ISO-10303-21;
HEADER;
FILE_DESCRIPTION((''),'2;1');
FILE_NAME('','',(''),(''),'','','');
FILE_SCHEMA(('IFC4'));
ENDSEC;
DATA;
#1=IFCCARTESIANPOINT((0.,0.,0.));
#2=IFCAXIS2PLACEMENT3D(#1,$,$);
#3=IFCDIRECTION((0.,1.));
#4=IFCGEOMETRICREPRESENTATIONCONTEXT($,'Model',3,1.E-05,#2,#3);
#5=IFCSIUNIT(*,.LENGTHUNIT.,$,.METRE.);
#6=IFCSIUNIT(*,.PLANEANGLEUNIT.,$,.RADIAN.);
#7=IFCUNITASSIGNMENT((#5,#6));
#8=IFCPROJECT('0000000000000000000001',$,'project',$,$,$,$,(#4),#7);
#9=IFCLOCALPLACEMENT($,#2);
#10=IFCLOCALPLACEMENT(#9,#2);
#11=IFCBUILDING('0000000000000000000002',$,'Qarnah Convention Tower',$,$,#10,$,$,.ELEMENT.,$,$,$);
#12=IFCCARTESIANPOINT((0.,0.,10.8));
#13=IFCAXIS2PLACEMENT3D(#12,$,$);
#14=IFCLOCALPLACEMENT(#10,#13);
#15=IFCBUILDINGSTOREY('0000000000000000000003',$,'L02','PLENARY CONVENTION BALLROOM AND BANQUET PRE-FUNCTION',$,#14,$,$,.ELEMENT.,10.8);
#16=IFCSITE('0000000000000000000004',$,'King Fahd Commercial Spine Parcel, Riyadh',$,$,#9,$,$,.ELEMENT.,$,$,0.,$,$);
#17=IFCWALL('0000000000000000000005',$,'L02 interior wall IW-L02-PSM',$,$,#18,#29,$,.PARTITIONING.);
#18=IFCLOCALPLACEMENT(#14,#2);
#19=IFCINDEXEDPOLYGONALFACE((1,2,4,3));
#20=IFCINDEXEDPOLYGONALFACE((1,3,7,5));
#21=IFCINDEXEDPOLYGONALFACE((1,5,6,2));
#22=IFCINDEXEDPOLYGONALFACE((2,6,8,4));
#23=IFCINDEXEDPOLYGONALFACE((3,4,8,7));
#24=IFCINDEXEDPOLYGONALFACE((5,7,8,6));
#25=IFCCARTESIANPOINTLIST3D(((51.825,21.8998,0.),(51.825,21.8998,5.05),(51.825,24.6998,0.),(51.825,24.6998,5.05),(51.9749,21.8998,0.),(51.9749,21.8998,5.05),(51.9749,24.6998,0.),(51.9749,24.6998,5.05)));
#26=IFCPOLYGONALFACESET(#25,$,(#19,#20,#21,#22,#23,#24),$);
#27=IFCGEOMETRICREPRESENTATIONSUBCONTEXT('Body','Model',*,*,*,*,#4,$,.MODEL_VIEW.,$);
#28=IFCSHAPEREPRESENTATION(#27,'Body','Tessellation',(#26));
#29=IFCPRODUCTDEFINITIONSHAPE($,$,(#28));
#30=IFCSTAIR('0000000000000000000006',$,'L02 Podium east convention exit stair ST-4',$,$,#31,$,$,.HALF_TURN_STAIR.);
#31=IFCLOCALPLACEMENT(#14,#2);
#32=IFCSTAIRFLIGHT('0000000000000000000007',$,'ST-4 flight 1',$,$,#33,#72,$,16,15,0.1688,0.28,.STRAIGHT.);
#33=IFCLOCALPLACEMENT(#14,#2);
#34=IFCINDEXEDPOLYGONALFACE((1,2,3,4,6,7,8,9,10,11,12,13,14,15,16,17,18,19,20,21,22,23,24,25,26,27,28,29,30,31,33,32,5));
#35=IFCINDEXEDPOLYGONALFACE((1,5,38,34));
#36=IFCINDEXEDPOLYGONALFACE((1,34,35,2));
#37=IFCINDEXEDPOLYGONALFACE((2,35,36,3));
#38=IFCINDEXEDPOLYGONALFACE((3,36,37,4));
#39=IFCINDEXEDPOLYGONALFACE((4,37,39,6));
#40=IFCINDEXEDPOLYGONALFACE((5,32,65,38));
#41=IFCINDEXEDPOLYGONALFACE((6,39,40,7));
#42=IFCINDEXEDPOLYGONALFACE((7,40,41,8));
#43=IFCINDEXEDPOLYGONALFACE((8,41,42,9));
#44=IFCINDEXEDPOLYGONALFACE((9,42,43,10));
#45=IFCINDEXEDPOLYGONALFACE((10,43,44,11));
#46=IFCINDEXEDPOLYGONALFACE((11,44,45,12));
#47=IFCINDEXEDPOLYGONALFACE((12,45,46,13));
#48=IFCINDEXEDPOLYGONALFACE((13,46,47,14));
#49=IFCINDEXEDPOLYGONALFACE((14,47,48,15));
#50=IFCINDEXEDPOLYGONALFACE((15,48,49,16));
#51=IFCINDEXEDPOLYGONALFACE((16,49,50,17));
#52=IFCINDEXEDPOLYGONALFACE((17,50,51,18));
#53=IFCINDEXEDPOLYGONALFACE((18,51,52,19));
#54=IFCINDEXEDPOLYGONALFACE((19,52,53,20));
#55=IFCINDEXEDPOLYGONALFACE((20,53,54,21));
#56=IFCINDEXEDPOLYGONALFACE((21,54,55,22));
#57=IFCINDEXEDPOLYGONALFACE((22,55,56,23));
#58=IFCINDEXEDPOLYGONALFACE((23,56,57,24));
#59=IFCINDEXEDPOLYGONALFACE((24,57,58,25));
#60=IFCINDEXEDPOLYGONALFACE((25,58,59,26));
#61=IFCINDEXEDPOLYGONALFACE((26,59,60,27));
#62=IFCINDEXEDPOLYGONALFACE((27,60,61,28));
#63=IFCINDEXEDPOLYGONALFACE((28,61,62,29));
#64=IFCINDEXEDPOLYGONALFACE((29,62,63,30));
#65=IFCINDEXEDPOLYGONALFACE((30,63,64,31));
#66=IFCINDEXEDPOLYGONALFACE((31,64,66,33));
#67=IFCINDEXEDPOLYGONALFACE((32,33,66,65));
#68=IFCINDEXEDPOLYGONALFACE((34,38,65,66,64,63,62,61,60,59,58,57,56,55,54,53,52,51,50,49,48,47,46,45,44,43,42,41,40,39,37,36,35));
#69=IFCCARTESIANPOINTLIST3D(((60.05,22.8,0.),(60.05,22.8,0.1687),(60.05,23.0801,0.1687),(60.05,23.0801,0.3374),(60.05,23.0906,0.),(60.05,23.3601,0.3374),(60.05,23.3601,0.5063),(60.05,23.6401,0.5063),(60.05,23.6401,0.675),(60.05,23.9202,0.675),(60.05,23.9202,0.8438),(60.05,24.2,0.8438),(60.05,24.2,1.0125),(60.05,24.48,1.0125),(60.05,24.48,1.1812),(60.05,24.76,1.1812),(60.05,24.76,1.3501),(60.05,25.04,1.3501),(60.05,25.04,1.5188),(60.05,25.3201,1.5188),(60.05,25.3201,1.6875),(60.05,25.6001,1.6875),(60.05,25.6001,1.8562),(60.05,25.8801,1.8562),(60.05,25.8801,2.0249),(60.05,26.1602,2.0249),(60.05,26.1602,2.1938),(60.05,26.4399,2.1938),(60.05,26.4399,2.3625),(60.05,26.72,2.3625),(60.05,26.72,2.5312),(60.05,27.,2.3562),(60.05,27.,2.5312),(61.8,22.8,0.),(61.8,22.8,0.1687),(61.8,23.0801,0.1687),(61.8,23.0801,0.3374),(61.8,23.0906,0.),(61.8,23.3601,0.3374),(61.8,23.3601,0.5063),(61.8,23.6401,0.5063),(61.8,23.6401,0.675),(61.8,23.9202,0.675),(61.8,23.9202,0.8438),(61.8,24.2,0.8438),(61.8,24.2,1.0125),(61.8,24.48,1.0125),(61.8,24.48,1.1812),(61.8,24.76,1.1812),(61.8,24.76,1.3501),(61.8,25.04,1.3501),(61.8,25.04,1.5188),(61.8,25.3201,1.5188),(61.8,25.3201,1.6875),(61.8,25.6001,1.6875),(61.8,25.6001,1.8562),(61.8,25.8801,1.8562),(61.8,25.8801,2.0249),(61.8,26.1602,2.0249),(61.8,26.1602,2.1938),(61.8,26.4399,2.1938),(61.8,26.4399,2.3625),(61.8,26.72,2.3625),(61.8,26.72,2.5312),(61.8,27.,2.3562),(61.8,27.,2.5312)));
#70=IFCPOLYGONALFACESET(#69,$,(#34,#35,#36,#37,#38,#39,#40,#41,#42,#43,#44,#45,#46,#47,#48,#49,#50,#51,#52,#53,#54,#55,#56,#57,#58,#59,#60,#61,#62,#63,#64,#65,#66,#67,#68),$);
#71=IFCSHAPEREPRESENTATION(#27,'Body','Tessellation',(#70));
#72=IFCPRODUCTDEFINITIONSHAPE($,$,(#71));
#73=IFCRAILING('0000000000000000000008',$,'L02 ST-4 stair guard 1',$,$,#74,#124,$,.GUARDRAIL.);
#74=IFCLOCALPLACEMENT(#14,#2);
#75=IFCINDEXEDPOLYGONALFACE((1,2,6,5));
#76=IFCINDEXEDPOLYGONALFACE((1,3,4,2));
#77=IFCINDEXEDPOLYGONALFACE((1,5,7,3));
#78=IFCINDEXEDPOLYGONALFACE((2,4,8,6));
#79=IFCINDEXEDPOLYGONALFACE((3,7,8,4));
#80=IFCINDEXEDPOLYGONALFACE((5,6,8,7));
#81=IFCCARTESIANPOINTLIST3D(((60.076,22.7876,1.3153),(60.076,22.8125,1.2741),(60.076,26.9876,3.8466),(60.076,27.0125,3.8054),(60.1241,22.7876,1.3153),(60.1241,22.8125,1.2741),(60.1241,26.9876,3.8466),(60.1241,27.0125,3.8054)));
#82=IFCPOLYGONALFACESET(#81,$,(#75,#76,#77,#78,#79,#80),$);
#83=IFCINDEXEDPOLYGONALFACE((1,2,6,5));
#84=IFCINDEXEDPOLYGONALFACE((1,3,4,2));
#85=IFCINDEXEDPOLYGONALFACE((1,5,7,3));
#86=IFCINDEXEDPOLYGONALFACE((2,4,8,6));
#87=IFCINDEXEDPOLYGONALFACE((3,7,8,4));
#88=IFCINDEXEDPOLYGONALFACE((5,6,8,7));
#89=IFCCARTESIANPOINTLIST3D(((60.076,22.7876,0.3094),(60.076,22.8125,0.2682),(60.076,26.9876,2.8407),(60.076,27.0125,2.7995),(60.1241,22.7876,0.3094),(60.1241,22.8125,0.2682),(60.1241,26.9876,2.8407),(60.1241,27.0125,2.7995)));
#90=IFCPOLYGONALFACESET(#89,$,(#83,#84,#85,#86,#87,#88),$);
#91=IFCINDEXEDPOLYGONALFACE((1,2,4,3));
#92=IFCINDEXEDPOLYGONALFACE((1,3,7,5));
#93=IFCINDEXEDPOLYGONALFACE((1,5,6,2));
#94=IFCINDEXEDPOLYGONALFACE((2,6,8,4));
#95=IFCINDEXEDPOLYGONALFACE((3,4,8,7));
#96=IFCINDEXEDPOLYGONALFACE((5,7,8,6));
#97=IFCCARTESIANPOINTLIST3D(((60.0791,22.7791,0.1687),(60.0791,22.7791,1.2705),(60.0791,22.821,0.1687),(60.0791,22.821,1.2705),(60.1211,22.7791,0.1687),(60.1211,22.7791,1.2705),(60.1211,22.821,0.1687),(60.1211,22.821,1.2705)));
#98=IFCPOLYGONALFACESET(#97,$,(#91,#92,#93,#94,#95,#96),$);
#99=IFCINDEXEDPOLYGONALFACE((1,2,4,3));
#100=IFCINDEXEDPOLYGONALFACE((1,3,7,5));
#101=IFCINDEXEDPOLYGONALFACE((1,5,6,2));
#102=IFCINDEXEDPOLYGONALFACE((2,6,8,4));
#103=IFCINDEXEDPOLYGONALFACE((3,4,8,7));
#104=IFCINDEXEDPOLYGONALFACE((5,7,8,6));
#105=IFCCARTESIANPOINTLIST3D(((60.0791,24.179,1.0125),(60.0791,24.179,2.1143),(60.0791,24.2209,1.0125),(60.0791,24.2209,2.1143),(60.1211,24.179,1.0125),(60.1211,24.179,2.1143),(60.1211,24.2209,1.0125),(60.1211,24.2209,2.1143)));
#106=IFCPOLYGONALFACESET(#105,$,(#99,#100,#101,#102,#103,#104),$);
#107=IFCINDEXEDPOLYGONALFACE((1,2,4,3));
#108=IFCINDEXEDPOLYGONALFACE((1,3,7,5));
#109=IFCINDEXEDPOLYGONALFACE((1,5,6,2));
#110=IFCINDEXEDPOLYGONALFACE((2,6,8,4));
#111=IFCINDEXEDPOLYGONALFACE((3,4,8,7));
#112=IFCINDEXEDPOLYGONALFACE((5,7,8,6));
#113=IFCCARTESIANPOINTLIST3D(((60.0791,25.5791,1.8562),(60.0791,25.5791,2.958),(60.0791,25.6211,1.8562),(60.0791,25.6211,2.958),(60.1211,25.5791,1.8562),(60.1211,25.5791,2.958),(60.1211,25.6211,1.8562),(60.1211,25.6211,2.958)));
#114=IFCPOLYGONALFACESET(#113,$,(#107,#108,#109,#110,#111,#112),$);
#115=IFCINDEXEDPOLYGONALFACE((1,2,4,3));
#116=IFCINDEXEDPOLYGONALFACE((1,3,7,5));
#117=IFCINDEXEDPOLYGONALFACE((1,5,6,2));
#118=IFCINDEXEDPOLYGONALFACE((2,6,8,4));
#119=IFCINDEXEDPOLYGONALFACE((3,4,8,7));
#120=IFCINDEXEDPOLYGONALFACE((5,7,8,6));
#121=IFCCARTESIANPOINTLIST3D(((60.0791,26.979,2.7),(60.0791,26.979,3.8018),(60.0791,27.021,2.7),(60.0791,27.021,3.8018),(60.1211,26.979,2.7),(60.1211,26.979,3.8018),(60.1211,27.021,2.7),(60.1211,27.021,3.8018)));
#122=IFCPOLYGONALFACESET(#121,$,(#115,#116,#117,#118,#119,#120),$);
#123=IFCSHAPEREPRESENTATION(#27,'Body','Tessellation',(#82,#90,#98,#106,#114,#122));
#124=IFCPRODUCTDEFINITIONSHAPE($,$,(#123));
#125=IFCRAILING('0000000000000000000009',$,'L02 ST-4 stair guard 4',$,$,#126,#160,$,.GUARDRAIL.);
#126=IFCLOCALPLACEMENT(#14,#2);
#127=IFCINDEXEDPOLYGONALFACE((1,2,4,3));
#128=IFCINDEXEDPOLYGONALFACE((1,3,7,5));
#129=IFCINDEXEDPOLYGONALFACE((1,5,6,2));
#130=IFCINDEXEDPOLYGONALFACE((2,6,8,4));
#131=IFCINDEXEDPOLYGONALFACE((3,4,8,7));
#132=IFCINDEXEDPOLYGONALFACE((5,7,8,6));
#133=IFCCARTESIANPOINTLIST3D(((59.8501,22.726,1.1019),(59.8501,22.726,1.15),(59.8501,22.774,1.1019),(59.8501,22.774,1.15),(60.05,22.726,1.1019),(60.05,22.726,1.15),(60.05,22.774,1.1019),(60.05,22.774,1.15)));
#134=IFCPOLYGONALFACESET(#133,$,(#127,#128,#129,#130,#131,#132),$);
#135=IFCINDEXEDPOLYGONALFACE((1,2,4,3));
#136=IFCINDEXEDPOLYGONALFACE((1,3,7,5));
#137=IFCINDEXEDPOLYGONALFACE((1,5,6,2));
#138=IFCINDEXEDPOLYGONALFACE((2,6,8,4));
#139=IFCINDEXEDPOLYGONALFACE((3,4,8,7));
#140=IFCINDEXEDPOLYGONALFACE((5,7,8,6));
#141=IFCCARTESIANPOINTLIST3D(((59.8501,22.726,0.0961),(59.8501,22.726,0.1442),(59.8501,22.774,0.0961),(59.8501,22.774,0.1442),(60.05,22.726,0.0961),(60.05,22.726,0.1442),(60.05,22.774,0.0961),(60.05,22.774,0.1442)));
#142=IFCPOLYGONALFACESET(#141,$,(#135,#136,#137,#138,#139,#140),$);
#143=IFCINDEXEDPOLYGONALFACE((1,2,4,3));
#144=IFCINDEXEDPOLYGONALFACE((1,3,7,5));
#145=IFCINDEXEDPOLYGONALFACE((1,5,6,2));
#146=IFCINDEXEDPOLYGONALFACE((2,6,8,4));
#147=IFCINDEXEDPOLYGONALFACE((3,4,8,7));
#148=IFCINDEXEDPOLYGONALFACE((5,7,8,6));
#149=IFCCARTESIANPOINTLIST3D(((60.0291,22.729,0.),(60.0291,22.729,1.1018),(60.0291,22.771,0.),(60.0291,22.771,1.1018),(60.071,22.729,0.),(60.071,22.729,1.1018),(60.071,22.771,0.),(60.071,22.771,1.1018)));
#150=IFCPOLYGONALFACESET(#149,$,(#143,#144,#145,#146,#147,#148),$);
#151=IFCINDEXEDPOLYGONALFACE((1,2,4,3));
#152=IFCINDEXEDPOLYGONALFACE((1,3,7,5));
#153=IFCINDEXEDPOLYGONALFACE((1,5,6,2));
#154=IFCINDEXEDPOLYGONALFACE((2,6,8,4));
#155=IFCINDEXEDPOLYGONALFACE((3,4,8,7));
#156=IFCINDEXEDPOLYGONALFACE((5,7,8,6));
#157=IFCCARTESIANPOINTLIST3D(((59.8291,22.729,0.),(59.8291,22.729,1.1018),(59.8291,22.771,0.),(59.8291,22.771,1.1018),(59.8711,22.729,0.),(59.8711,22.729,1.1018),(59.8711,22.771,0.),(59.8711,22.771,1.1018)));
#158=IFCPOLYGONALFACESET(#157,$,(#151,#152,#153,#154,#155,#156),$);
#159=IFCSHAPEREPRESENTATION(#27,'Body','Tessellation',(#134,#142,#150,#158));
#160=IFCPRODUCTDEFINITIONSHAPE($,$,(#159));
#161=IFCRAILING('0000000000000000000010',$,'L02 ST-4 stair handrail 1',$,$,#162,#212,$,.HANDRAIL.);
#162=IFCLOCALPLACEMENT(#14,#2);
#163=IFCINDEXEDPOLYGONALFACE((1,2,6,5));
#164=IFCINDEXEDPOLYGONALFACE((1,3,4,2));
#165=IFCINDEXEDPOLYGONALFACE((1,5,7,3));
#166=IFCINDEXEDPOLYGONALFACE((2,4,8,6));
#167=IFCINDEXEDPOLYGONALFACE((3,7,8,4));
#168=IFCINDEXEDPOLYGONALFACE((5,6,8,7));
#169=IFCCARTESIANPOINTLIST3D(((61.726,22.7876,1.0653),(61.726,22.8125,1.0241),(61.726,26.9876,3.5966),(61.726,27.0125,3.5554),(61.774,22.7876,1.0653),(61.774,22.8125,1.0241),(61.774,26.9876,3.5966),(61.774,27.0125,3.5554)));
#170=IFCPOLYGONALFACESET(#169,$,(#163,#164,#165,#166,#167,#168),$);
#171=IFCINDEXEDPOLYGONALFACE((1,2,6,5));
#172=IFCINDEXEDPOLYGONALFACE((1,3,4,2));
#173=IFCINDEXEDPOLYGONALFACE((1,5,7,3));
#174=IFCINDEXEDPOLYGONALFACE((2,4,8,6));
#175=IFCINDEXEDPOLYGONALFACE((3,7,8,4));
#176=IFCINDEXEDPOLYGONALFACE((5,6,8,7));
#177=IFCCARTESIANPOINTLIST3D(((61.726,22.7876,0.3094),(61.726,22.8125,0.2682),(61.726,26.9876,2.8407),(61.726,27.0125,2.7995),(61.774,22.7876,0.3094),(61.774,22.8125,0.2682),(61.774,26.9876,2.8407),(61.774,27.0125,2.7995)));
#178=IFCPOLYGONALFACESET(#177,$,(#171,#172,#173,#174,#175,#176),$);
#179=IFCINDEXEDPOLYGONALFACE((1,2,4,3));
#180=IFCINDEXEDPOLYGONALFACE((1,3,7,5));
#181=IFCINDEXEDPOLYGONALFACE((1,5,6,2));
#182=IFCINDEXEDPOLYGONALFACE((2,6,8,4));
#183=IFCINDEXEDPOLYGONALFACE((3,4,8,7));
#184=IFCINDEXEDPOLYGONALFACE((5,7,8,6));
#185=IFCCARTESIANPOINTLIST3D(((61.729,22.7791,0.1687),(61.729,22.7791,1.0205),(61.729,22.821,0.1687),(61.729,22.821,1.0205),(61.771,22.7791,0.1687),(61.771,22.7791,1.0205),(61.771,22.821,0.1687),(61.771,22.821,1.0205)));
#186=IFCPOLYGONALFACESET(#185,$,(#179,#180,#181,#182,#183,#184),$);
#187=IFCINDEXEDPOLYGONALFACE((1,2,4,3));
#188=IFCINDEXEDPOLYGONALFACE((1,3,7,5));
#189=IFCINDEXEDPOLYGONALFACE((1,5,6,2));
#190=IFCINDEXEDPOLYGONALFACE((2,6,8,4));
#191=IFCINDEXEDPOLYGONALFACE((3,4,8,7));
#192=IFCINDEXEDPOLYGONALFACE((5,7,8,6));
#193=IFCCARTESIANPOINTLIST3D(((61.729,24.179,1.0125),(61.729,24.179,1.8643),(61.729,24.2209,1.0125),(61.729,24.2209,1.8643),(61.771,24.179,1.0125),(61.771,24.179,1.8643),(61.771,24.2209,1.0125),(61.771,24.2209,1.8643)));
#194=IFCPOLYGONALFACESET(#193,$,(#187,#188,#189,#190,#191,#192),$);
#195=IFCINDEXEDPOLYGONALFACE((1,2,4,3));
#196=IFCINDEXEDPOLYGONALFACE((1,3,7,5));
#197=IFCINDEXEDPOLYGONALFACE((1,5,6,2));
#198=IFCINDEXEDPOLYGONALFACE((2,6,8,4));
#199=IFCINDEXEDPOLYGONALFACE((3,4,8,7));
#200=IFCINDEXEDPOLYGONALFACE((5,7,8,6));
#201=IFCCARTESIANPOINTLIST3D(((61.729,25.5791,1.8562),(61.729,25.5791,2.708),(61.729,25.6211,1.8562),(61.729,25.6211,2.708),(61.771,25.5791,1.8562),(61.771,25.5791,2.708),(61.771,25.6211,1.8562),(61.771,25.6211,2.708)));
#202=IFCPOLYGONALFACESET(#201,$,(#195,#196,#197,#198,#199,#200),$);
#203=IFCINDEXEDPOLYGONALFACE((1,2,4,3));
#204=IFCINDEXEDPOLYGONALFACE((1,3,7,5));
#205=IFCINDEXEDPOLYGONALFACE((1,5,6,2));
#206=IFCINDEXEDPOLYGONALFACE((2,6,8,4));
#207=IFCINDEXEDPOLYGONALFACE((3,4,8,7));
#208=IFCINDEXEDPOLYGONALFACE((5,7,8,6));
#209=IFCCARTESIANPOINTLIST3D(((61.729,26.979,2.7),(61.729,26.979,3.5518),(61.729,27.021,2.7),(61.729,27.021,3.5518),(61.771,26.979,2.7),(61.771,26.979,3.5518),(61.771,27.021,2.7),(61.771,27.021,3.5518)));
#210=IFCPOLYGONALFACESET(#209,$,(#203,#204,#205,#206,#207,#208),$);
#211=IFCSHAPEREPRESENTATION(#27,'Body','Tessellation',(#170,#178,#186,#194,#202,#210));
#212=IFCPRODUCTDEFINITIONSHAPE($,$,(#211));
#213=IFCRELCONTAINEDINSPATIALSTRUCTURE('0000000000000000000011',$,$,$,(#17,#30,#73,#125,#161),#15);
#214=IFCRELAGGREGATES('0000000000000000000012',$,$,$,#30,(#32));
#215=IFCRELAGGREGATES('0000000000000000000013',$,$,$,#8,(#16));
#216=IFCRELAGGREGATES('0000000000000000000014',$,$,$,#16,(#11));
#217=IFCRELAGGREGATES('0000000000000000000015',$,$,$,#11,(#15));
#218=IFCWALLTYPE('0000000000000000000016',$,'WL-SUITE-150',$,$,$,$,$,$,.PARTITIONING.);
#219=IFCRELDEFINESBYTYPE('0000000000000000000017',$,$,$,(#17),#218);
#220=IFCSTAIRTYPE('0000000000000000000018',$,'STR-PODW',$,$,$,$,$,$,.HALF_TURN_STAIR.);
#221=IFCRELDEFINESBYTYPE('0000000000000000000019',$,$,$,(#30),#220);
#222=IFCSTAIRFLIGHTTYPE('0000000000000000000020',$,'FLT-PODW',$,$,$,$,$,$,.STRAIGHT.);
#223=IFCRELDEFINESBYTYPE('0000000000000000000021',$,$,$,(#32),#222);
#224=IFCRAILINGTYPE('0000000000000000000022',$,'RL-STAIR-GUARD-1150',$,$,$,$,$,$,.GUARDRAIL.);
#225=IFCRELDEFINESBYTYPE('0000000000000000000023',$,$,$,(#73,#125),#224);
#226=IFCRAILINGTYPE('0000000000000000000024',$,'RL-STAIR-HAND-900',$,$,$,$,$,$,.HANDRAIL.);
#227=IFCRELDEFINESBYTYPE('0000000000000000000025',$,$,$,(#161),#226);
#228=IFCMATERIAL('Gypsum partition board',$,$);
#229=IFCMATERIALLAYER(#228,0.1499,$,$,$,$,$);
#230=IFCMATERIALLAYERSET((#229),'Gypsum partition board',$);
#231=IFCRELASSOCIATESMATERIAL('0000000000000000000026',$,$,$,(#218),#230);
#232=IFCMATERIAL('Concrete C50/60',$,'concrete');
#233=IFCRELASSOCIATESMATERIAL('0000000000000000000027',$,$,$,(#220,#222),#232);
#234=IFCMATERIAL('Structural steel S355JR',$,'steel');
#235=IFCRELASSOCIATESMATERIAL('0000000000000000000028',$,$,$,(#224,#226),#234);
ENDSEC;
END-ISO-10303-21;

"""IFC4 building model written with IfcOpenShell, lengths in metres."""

from ifc_helpers import new_model, si_unit, direction, frame, frame_2d, origin, origin_2d, place, context, subcontext, project, spatial, polyline, rectangle, outline, extrude, material, layer, layer_set, type_object, element, aggregate, save


model = new_model("IFC4")

# Units and contexts
model_context = context("Model", 3, precision=1e-05, world=origin(), true_north=direction((0.0, 1.0)))
body_context = subcontext(model_context, "Body", "Model", "MODEL_VIEW")
ifc_project = project(units=[si_unit("LENGTHUNIT", "METRE"), si_unit("PLANEANGLEUNIT", "RADIAN")], contexts=[model_context])

# Site, building, storey
site_placement = place(None, origin())
site = spatial("IfcSite", under=ifc_project, at=site_placement, Name="King Fahd Commercial Spine Parcel, Riyadh", CompositionType="ELEMENT", RefElevation=0.0)
building_placement = place(site_placement, origin())
building = spatial("IfcBuilding", under=site, at=building_placement, Name="Qarnah Convention Tower", CompositionType="ELEMENT")
storey_placement = place(building_placement, frame((0.0, 0.0, 10.8)))
storey = spatial("IfcBuildingStorey", under=building, at=storey_placement, Name="L02", Description="PLENARY CONVENTION BALLROOM AND BANQUET PRE-FUNCTION", CompositionType="ELEMENT", Elevation=10.8)

# Shared definitions
ifc_material_1 = material(Name="Structural steel S355JR", Category="steel")

# Shared definitions
ifc_material_2 = material(Name="Gypsum partition board")

# Wall
ifc_layer_1 = layer(ifc_material_2, 0.1499)
ifc_layer_set_1 = layer_set([ifc_layer_1], Name="Gypsum partition board")
wall_type_1 = type_object("IfcWallType", Name="WL-SUITE-150", PredefinedType="PARTITIONING", material=ifc_layer_set_1)
wall_1_placement = place(storey_placement, frame((51.8999, 21.8999, 0.0), z_axis=(0.0, 0.0, 1.0), x_axis=(0.0, 1.0, 0.0)))
element("IfcWall", 1, at=wall_1_placement, inside=storey, type_object=wall_type_1, Name="L02 interior wall IW-L02-PSM", PredefinedType="PARTITIONING", context=body_context, shape_type="SweptSolid", body=[
    extrude(rectangle(XDim=2.8, YDim=0.1499, at=frame_2d((1.3999, 0.0))), origin(), (0.0, 0.0, 1.0), 5.05),
])

# Stair, stair flight
ifc_material_3 = material(Name="Concrete C50/60", Category="concrete")
stair_type = type_object("IfcStairType", Name="STR-PODW", PredefinedType="HALF_TURN_STAIR", material=ifc_material_3)
stair_placement = place(storey_placement, origin())
stair = element("IfcStair", 2, at=stair_placement, inside=storey, type_object=stair_type, Name="L02 Podium east convention exit stair ST-4", PredefinedType="HALF_TURN_STAIR")
stair_flight_type = type_object("IfcStairFlightType", Name="FLT-PODW", PredefinedType="STRAIGHT", material=ifc_material_3)
stair_flight_placement = place(storey_placement, frame((60.925, 22.8, 0.0), z_axis=(0.0, 0.0, 1.0), x_axis=(0.0, 1.0, 0.0)))
stair_flight = element("IfcStairFlight", 3, at=stair_flight_placement, type_object=stair_flight_type, Name="ST-4 flight 1", NumberOfRisers=16, NumberOfTreads=15, PredefinedType="STRAIGHT", RiserHeight=0.1688, TreadLength=0.28, context=body_context, shape_type="SweptSolid", body=[
    extrude(outline(polyline([(0.0, 0.0), (0.0, 0.1687), (0.28, 0.1687), (0.28, 0.3374), (0.5601, 0.3374), (0.5601, 0.5063), (0.8401, 0.5063), (0.8401, 0.675), (1.1201, 0.675), (1.1201, 0.8438), (1.3999, 0.8438), (1.3999, 1.0125), (1.6799, 1.0125), (1.6799, 1.1812), (1.96, 1.1812), (1.96, 1.3501), (2.24, 1.3501), (2.24, 1.5188), (2.52, 1.5188), (2.52, 1.6875), (2.8, 1.6875), (2.8, 1.8562), (3.0801, 1.8562), (3.0801, 2.0249), (3.3601, 2.0249), (3.3601, 2.1938), (3.6399, 2.1938), (3.6399, 2.3625), (3.9199, 2.3625), (3.9199, 2.5312), (4.2, 2.5312), (4.2, 2.7), (4.2, 2.3562), (0.2905, 0.0), (0.0, 0.0)])), frame((0.0, 0.875, 0.0), z_axis=(0.0, -1.0, 0.0), x_axis=(1.0, 0.0, 0.0)), (0.0, 0.0, 1.0), 1.75),
])
aggregate(stair, [stair_flight])

# Railings
railing_type_1 = type_object("IfcRailingType", Name="RL-STAIR-GUARD-1150", PredefinedType="GUARDRAIL", material=ifc_material_1)
railing_1_placement = place(storey_placement, frame((60.1001, 22.8, 0.1687)))
element("IfcRailing", 4, at=railing_1_placement, inside=storey, type_object=railing_type_1, Name="L02 ST-4 stair guard 1", PredefinedType="GUARDRAIL", context=body_context, shape_type="SweptSolid", body=[
    extrude(rectangle(XDim=0.0481, YDim=0.0481, at=origin_2d()), frame((0.0, 0.0, 1.126), z_axis=(0.0, 0.856476, 0.516186), x_axis=(-1.0, 0.0, 0.0)), (0.0, 0.0, 1.0), 4.9038),
    extrude(rectangle(XDim=0.0481, YDim=0.0481, at=origin_2d()), frame((0.0, 0.0, 0.1201), z_axis=(0.0, 0.856476, 0.516186), x_axis=(-1.0, 0.0, 0.0)), (0.0, 0.0, 1.0), 4.9038),
    extrude(rectangle(XDim=0.042, YDim=0.042, at=origin_2d()), origin(), (0.0, 0.0, 1.0), 1.1018),
    extrude(rectangle(XDim=0.042, YDim=0.042, at=origin_2d()), frame((0.0, 1.3999, 0.8438)), (0.0, 0.0, 1.0), 1.1018),
    extrude(rectangle(XDim=0.042, YDim=0.042, at=origin_2d()), frame((0.0, 2.8, 1.6875)), (0.0, 0.0, 1.0), 1.1018),
    extrude(rectangle(XDim=0.042, YDim=0.042, at=origin_2d()), frame((0.0, 4.2, 2.5312)), (0.0, 0.0, 1.0), 1.1018),
])
railing_2_placement = place(storey_placement, frame((60.05, 22.75, 0.0)))
element("IfcRailing", 5, at=railing_2_placement, inside=storey, type_object=railing_type_1, Name="L02 ST-4 stair guard 4", PredefinedType="GUARDRAIL", context=body_context, shape_type="SweptSolid", body=[
    extrude(rectangle(XDim=0.0481, YDim=0.0481, at=origin_2d()), frame((0.0, 0.0, 1.126), z_axis=(-1.0, 0.0, 0.0), x_axis=(0.0, -1.0, 0.0)), (0.0, 0.0, 1.0), 0.2),
    extrude(rectangle(XDim=0.0481, YDim=0.0481, at=origin_2d()), frame((0.0, 0.0, 0.1201), z_axis=(-1.0, 0.0, 0.0), x_axis=(0.0, -1.0, 0.0)), (0.0, 0.0, 1.0), 0.2),
    extrude(rectangle(XDim=0.042, YDim=0.042, at=origin_2d()), origin(), (0.0, 0.0, 1.0), 1.1018),
    extrude(rectangle(XDim=0.042, YDim=0.042, at=origin_2d()), frame((-0.2, 0.0, 0.0)), (0.0, 0.0, 1.0), 1.1018),
])
railing_type_2 = type_object("IfcRailingType", Name="RL-STAIR-HAND-900", PredefinedType="HANDRAIL", material=ifc_material_1)
railing_3_placement = place(storey_placement, frame((61.75, 22.8, 0.1687)))
element("IfcRailing", 6, at=railing_3_placement, inside=storey, type_object=railing_type_2, Name="L02 ST-4 stair handrail 1", PredefinedType="HANDRAIL", context=body_context, shape_type="SweptSolid", body=[
    extrude(rectangle(XDim=0.0481, YDim=0.0481, at=origin_2d()), frame((0.0, 0.0, 0.876), z_axis=(0.0, 0.856476, 0.516186), x_axis=(-1.0, 0.0, 0.0)), (0.0, 0.0, 1.0), 4.9038),
    extrude(rectangle(XDim=0.0481, YDim=0.0481, at=origin_2d()), frame((0.0, 0.0, 0.1201), z_axis=(0.0, 0.856476, 0.516186), x_axis=(-1.0, 0.0, 0.0)), (0.0, 0.0, 1.0), 4.9038),
    extrude(rectangle(XDim=0.042, YDim=0.042, at=origin_2d()), origin(), (0.0, 0.0, 1.0), 0.8518),
    extrude(rectangle(XDim=0.042, YDim=0.042, at=origin_2d()), frame((0.0, 1.3999, 0.8438)), (0.0, 0.0, 1.0), 0.8518),
    extrude(rectangle(XDim=0.042, YDim=0.042, at=origin_2d()), frame((0.0, 2.8, 1.6875)), (0.0, 0.0, 1.0), 0.8518),
    extrude(rectangle(XDim=0.042, YDim=0.042, at=origin_2d()), frame((0.0, 4.2, 2.5312)), (0.0, 0.0, 1.0), 0.8518),
])

save(model, "model.ifc")
